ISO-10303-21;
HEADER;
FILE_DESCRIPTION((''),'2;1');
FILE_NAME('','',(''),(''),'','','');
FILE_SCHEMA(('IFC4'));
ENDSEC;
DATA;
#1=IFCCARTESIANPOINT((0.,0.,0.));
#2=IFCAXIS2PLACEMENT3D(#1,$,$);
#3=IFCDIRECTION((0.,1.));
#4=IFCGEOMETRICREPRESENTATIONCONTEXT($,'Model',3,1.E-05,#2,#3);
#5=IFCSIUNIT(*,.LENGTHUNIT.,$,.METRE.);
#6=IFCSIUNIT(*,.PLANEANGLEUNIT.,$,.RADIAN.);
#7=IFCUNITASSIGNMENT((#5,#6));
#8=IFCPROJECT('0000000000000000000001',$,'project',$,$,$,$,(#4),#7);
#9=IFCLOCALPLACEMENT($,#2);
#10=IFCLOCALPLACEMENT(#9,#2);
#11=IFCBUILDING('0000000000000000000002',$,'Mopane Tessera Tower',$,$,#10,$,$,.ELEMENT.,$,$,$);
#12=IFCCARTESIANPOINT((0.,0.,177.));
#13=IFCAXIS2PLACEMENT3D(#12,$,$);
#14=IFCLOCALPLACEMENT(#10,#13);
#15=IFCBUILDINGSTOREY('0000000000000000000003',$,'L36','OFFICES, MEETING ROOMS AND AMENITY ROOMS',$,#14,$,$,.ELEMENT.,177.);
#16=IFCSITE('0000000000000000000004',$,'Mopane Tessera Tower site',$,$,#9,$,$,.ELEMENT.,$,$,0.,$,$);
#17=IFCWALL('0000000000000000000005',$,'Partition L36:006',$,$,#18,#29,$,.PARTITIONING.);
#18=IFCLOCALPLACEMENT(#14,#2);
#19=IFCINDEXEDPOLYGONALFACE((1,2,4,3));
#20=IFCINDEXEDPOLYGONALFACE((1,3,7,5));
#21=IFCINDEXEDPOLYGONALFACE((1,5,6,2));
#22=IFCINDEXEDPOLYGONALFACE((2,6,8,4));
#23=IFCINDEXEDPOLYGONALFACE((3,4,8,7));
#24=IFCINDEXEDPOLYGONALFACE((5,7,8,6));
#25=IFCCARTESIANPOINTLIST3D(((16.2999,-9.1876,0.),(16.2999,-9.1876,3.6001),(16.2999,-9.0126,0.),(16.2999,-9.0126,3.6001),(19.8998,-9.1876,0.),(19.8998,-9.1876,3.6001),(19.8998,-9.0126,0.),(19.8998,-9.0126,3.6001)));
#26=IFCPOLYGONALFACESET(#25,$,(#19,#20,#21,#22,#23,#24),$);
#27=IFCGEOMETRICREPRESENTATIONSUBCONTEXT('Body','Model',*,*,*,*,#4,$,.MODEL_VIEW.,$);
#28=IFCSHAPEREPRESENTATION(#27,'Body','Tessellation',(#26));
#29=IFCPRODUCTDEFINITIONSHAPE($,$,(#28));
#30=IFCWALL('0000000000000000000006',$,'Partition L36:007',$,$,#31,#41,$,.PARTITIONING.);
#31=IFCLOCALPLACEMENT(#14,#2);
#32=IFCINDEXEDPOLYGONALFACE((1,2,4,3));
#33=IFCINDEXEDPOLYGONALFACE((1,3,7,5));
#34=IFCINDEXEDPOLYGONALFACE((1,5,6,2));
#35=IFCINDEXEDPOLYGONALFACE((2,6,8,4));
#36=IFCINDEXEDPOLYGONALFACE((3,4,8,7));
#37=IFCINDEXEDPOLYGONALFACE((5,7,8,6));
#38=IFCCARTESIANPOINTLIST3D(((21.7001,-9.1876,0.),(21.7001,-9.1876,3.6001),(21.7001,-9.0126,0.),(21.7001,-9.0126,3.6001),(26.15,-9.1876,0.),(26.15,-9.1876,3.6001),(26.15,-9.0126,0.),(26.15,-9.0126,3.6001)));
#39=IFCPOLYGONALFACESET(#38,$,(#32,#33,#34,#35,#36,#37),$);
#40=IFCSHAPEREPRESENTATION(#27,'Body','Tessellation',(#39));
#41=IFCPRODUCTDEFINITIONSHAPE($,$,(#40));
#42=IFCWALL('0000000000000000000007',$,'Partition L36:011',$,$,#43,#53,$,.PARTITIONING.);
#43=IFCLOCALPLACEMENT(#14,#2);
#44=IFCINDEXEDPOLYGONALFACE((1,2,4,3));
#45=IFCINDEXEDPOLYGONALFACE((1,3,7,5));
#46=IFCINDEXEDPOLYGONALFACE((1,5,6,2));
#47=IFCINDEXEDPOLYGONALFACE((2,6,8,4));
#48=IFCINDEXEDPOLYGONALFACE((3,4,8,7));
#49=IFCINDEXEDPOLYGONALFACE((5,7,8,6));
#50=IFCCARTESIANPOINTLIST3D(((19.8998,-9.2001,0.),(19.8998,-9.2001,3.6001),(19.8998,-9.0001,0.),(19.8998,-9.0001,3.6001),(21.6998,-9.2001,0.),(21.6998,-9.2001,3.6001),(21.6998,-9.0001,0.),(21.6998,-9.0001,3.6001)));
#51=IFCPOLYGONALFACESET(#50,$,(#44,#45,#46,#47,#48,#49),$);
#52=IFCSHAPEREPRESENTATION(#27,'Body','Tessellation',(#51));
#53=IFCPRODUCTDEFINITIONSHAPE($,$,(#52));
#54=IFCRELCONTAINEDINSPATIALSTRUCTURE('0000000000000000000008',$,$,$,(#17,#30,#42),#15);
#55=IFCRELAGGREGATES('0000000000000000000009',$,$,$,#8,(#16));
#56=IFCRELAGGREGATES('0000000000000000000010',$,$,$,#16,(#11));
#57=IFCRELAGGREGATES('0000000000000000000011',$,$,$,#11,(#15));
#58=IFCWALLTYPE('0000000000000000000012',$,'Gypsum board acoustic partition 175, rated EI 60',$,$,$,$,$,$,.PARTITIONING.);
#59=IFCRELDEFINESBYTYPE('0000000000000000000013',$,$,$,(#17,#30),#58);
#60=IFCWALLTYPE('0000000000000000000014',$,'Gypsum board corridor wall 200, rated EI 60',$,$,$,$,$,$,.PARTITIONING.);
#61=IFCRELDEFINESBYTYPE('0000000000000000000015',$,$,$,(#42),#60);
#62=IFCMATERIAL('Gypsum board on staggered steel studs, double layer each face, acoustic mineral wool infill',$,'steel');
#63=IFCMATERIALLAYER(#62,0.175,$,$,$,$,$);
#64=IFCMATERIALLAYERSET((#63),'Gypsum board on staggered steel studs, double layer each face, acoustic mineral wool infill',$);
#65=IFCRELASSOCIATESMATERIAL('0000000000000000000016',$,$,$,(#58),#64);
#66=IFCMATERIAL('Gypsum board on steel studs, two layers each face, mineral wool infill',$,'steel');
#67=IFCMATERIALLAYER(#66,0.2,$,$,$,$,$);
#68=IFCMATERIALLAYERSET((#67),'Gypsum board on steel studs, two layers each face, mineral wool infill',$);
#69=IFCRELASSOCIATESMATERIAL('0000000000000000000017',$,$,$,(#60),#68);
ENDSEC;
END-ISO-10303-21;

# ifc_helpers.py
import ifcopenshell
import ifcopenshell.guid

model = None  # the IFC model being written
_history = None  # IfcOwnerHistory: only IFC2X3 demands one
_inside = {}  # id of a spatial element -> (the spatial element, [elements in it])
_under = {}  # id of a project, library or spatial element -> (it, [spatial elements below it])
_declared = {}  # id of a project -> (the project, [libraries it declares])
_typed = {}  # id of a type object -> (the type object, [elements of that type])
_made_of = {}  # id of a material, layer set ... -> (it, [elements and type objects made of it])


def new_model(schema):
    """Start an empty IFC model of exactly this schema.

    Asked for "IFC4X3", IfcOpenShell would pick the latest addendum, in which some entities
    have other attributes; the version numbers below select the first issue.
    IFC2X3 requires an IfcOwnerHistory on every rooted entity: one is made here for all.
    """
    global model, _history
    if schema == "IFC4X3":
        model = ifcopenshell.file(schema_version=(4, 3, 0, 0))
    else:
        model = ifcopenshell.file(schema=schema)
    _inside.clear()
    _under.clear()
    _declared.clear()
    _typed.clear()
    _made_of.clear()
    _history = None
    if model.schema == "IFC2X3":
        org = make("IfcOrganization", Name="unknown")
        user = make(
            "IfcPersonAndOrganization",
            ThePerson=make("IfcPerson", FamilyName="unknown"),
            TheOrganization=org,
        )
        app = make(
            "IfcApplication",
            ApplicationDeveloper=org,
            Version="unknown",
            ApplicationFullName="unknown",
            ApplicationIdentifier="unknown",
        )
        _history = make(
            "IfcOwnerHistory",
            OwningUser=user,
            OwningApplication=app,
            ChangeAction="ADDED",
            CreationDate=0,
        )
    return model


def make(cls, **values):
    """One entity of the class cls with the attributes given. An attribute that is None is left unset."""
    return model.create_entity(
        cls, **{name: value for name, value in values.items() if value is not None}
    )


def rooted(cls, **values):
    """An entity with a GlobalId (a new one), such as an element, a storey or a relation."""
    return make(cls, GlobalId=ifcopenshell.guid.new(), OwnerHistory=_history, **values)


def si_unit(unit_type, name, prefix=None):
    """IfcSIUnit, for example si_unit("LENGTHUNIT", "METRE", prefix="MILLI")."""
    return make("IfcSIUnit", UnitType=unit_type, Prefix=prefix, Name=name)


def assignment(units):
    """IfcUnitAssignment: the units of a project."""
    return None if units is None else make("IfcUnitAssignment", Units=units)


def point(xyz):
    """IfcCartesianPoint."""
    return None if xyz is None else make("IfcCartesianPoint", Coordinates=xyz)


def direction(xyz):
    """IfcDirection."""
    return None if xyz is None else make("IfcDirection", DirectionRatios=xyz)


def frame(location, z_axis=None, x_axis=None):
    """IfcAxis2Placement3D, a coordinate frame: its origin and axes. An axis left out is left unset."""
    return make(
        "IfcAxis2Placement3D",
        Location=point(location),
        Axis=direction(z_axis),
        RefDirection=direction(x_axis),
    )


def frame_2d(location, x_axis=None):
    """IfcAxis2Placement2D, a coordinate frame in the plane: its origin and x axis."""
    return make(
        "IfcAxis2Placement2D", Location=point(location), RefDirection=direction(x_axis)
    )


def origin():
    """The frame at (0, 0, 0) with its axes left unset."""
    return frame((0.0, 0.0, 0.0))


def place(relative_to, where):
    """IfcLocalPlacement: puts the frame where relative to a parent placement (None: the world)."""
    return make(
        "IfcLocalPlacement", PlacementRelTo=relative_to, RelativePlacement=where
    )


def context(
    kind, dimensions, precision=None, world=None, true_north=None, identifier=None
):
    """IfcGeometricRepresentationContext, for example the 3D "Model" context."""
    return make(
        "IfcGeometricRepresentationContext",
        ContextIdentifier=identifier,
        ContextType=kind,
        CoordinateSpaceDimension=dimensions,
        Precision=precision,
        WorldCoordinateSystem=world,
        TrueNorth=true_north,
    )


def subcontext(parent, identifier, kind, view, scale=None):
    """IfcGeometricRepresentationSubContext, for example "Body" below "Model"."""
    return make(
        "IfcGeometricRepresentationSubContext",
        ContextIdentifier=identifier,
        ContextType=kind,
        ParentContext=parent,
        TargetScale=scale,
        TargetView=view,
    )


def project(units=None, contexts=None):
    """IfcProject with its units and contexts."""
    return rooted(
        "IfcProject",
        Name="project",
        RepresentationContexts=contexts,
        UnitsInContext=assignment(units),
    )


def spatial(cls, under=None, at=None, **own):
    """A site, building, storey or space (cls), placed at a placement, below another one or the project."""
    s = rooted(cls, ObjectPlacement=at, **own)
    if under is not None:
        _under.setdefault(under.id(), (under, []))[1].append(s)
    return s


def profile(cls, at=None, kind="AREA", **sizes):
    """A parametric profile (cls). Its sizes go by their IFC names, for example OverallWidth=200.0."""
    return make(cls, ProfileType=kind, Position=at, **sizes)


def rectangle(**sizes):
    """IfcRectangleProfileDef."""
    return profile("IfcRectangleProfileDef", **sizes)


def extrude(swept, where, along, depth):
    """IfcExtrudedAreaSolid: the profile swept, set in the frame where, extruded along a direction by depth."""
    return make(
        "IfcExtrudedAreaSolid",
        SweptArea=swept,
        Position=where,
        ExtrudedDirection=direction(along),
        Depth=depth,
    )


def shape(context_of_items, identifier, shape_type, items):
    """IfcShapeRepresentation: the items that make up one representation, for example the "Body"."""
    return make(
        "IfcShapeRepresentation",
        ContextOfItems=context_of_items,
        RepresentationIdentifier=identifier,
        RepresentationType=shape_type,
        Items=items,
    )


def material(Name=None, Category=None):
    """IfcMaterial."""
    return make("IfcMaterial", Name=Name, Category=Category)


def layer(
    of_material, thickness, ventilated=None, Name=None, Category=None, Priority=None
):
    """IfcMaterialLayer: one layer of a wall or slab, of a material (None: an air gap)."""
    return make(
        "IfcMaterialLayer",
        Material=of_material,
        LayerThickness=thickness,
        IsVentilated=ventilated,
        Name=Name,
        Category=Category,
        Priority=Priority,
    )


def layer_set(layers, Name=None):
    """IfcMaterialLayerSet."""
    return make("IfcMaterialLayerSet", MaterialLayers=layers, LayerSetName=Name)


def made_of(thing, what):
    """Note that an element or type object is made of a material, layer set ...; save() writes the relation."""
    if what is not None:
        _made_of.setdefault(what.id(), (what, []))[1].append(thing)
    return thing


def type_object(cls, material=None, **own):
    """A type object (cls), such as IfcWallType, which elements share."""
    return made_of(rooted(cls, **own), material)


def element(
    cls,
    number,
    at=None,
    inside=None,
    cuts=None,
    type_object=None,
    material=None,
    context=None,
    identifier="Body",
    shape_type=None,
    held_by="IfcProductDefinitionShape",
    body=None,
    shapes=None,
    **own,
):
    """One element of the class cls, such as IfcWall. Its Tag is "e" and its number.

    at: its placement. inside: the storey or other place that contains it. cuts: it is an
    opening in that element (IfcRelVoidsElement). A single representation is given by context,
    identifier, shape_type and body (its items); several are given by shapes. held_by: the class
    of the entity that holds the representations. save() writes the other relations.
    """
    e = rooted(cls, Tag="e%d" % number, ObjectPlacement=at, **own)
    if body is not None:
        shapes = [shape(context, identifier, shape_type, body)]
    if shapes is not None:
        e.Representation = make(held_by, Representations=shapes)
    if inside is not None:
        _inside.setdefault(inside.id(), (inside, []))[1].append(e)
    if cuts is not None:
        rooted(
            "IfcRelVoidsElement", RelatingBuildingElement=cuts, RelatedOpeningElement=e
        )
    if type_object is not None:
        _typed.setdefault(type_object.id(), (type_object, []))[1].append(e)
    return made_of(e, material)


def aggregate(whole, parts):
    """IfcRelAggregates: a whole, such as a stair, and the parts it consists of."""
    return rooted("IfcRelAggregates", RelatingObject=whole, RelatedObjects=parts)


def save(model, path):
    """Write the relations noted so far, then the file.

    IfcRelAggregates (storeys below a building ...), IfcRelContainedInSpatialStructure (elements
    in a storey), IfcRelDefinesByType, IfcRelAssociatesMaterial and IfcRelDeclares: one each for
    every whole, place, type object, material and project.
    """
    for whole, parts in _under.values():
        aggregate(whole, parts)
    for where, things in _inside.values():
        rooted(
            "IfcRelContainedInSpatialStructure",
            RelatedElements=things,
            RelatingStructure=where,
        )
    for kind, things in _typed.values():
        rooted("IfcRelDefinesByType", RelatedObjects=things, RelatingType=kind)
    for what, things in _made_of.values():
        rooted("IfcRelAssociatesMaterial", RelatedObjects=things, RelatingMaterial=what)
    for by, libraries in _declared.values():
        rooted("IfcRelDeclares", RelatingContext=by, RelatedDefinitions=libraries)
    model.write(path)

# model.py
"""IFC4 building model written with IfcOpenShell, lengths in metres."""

from ifc_helpers import new_model, si_unit, direction, frame, frame_2d, origin, place, context, subcontext, project, spatial, rectangle, extrude, material, layer, layer_set, type_object, element, save


model = new_model("IFC4")

# Units and contexts
model_context = context("Model", 3, precision=1e-05, world=origin(), true_north=direction((0.0, 1.0)))
body_context = subcontext(model_context, "Body", "Model", "MODEL_VIEW")
ifc_project = project(units=[si_unit("LENGTHUNIT", "METRE"), si_unit("PLANEANGLEUNIT", "RADIAN")], contexts=[model_context])

# Site, building, storey
site_placement = place(None, origin())
site = spatial("IfcSite", under=ifc_project, at=site_placement, Name="Mopane Tessera Tower site", CompositionType="ELEMENT", RefElevation=0.0)
building_placement = place(site_placement, origin())
building = spatial("IfcBuilding", under=site, at=building_placement, Name="Mopane Tessera Tower", CompositionType="ELEMENT")
storey_placement = place(building_placement, frame((0.0, 0.0, 177.0)))
storey = spatial("IfcBuildingStorey", under=building, at=storey_placement, Name="L36", Description="OFFICES, MEETING ROOMS AND AMENITY ROOMS", CompositionType="ELEMENT", Elevation=177.0)

# Walls
ifc_material_1 = material(Name="Gypsum board on staggered steel studs, double layer each face, acoustic mineral wool infill", Category="steel")
ifc_layer_1 = layer(ifc_material_1, 0.175)
ifc_layer_set_1 = layer_set([ifc_layer_1], Name="Gypsum board on staggered steel studs, double layer each face, acoustic mineral wool infill")
wall_type_1 = type_object("IfcWallType", Name="Gypsum board acoustic partition 175, rated EI 60", PredefinedType="PARTITIONING", material=ifc_layer_set_1)
wall_1_placement = place(storey_placement, frame((16.3, -9.1001, 0.0), z_axis=(0.0, 0.0, 1.0), x_axis=(1.0, 0.0, 0.0)))
element("IfcWall", 1, at=wall_1_placement, inside=storey, type_object=wall_type_1, Name="Partition L36:006", PredefinedType="PARTITIONING", context=body_context, shape_type="SweptSolid", body=[
    extrude(rectangle(XDim=3.5999, YDim=0.175, at=frame_2d((1.7998, 0.0))), origin(), (0.0, 0.0, 1.0), 3.6001),
])
wall_2_placement = place(storey_placement, frame((21.7, -9.1001, 0.0), z_axis=(0.0, 0.0, 1.0), x_axis=(1.0, 0.0, 0.0)))
element("IfcWall", 2, at=wall_2_placement, inside=storey, type_object=wall_type_1, Name="Partition L36:007", PredefinedType="PARTITIONING", context=body_context, shape_type="SweptSolid", body=[
    extrude(rectangle(XDim=4.45, YDim=0.175, at=frame_2d((2.2251, 0.0))), origin(), (0.0, 0.0, 1.0), 3.6001),
])
ifc_material_2 = material(Name="Gypsum board on steel studs, two layers each face, mineral wool infill", Category="steel")
ifc_layer_2 = layer(ifc_material_2, 0.2)
ifc_layer_set_2 = layer_set([ifc_layer_2], Name="Gypsum board on steel studs, two layers each face, mineral wool infill")
wall_type_2 = type_object("IfcWallType", Name="Gypsum board corridor wall 200, rated EI 60", PredefinedType="PARTITIONING", material=ifc_layer_set_2)
wall_3_placement = place(storey_placement, frame((19.8999, -9.1001, 0.0), z_axis=(0.0, 0.0, 1.0), x_axis=(1.0, 0.0, 0.0)))
element("IfcWall", 3, at=wall_3_placement, inside=storey, type_object=wall_type_2, Name="Partition L36:011", PredefinedType="PARTITIONING", context=body_context, shape_type="SweptSolid", body=[
    extrude(rectangle(XDim=1.8, YDim=0.2, at=frame_2d((0.8999, 0.0))), origin(), (0.0, 0.0, 1.0), 3.6001),
])

save(model, "model.ifc")
